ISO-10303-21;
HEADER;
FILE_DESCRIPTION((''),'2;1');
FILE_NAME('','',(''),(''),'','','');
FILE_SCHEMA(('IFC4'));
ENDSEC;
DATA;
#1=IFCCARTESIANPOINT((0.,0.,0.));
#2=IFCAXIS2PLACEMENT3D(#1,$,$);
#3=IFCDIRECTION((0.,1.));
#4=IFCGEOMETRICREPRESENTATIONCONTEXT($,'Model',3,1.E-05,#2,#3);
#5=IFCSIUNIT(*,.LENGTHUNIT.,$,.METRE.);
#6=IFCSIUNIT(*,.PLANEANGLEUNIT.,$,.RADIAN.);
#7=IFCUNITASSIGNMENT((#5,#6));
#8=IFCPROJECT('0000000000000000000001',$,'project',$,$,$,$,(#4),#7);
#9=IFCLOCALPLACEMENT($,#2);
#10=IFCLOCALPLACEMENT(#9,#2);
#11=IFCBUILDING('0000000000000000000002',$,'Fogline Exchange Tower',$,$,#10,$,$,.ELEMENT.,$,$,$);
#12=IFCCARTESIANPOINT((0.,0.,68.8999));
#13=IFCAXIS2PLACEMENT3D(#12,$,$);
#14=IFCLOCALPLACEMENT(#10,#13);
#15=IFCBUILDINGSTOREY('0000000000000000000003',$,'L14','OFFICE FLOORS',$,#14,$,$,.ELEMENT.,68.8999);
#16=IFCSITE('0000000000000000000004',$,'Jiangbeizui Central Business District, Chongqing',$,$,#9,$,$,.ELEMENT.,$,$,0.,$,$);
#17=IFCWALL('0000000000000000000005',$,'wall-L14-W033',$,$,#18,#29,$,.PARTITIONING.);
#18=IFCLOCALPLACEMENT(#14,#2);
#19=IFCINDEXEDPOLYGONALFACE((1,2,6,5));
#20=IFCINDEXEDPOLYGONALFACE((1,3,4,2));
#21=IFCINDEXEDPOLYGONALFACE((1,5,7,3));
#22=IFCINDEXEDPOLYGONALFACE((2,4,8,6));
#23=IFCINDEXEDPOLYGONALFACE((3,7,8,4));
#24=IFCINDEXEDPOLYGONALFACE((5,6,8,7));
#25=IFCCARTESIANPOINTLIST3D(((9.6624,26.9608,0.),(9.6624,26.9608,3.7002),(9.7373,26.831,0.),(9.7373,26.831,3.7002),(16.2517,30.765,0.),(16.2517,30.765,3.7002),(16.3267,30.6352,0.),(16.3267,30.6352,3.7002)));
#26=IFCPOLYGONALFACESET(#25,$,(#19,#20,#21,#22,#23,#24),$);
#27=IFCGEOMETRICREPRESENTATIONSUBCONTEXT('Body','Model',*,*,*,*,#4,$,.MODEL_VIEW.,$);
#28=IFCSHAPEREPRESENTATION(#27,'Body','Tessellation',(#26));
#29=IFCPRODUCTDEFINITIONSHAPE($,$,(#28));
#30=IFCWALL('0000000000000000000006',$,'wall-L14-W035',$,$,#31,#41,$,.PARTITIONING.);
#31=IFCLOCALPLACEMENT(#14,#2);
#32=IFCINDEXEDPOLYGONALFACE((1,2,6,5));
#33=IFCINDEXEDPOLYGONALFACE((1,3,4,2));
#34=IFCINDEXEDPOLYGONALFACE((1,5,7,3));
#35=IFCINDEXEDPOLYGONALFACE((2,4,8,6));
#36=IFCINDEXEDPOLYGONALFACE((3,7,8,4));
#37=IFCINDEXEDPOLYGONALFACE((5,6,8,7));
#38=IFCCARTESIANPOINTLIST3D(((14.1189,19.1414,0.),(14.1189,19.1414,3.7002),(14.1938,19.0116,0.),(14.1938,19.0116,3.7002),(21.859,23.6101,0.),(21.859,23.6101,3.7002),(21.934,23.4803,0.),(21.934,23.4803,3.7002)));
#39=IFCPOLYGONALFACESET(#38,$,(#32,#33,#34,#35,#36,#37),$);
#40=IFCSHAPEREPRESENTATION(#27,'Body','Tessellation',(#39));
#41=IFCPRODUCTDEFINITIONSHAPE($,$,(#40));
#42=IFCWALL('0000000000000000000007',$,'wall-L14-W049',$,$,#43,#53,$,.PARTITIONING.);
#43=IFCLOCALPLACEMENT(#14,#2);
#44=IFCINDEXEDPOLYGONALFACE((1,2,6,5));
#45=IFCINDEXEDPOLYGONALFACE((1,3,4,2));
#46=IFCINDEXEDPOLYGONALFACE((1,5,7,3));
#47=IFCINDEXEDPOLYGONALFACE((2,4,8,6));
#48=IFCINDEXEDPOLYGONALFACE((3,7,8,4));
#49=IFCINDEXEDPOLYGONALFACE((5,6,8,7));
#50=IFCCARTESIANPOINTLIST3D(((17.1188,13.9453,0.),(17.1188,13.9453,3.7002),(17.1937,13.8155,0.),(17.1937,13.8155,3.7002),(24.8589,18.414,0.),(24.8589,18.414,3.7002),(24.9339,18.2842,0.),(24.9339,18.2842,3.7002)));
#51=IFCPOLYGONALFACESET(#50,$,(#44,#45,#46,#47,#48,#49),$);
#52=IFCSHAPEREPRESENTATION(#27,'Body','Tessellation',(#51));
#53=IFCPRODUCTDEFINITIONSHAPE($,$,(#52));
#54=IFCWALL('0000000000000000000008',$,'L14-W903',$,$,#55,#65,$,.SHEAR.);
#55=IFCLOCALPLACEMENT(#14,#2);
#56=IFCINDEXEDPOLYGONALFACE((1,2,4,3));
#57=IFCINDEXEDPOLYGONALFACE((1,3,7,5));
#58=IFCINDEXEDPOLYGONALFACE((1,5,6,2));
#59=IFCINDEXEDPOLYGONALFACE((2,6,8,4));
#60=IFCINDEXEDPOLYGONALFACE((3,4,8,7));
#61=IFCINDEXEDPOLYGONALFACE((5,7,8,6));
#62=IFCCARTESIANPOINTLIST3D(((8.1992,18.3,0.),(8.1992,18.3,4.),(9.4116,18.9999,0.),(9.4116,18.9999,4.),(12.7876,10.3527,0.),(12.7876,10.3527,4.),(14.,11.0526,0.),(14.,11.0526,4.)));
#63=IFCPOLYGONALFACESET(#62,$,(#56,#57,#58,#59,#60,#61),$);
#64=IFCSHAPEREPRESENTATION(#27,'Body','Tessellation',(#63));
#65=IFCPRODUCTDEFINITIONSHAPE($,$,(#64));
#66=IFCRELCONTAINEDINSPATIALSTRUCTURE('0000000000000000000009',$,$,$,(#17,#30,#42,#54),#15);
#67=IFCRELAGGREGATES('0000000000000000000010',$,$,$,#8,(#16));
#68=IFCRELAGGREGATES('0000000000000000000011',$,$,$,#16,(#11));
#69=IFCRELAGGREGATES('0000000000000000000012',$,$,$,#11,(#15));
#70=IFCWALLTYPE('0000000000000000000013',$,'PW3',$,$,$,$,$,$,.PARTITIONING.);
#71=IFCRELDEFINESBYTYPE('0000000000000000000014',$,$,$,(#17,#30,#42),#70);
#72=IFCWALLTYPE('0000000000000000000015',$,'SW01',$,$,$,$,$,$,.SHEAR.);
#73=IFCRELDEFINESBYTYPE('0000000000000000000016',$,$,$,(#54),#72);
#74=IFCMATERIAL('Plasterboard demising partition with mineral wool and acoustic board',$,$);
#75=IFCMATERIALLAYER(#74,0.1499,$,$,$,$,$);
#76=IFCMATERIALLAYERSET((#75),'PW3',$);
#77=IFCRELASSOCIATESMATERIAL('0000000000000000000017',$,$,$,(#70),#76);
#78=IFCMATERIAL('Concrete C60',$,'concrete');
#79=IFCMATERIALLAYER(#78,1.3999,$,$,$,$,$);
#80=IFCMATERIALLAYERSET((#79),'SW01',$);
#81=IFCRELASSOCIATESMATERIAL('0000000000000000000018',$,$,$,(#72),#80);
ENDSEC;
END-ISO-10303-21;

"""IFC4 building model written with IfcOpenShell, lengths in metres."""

from ifc_helpers import new_model, si_unit, direction, frame, frame_2d, origin, place, context, subcontext, project, spatial, rectangle, extrude, material, layer, layer_set, type_object, element, save


model = new_model("IFC4")

# Units and contexts
model_context = context("Model", 3, precision=1e-05, world=origin(), true_north=direction((0.0, 1.0)))
body_context = subcontext(model_context, "Body", "Model", "MODEL_VIEW")
ifc_project = project(units=[si_unit("LENGTHUNIT", "METRE"), si_unit("PLANEANGLEUNIT", "RADIAN")], contexts=[model_context])

# Site, building, storey
site_placement = place(None, origin())
site = spatial("IfcSite", under=ifc_project, at=site_placement, Name="Jiangbeizui Central Business District, Chongqing", CompositionType="ELEMENT", RefElevation=0.0)
building_placement = place(site_placement, origin())
building = spatial("IfcBuilding", under=site, at=building_placement, Name="Fogline Exchange Tower", CompositionType="ELEMENT")
storey_placement = place(building_placement, frame((0.0, 0.0, 68.8999)))
storey = spatial("IfcBuildingStorey", under=building, at=storey_placement, Name="L14", Description="OFFICE FLOORS", CompositionType="ELEMENT", Elevation=68.8999)

# Walls
ifc_material_1 = material(Name="Plasterboard demising partition with mineral wool and acoustic board")
ifc_layer_1 = layer(ifc_material_1, 0.1499)
ifc_layer_set_1 = layer_set([ifc_layer_1], Name="PW3")
wall_type_1 = type_object("IfcWallType", Name="PW3", PredefinedType="PARTITIONING", material=ifc_layer_set_1)
wall_1_placement = place(storey_placement, frame((9.7, 26.896, 0.0), z_axis=(0.0, 0.0, 1.0), x_axis=(0.866035, 0.499984, 0.0)))
element("IfcWall", 1, at=wall_1_placement, inside=storey, type_object=wall_type_1, Name="wall-L14-W033", PredefinedType="PARTITIONING", context=body_context, shape_type="SweptSolid", body=[
    extrude(rectangle(XDim=7.6086, YDim=0.1499, at=frame_2d((3.8042, 0.0))), origin(), (0.0, 0.0, 1.0), 3.7002),
])
for number, where, z_axis, x_axis, name in (
    (2, (21.8965, 23.5452, 0.0), (0.0, 0.0, 1.0), (-0.866029, -0.499994, 0.0), "wall-L14-W035"),
    (3, (17.1562, 13.8804, 0.0), (0.0, 0.0, 1.0), (0.866029, 0.499994, 0.0), "wall-L14-W049"),
):
    element("IfcWall", number, at=place(storey_placement, frame(where, z_axis=z_axis, x_axis=x_axis)), inside=storey, type_object=wall_type_1, Name=name, PredefinedType="PARTITIONING", context=body_context, shape_type="SweptSolid", body=[
        extrude(rectangle(XDim=8.9375, YDim=0.1499, at=frame_2d((4.4688, 0.0))), origin(), (0.0, 0.0, 1.0), 3.7002),
    ])
ifc_material_2 = material(Name="Concrete C60", Category="concrete")
ifc_layer_2 = layer(ifc_material_2, 1.3999)
ifc_layer_set_2 = layer_set([ifc_layer_2], Name="SW01")
wall_type_2 = type_object("IfcWallType", Name="SW01", PredefinedType="SHEAR", material=ifc_layer_set_2)
wall_2_placement = place(storey_placement, frame((13.3938, 10.7026, 0.0), z_axis=(0.0, 0.0, 1.0), x_axis=(-0.500002, 0.866024, 0.0)))
element("IfcWall", 4, at=wall_2_placement, inside=storey, type_object=wall_type_2, Name="L14-W903", PredefinedType="SHEAR", context=body_context, shape_type="SweptSolid", body=[
    extrude(rectangle(XDim=9.1768, YDim=1.3999, at=frame_2d((4.5884, 0.0))), origin(), (0.0, 0.0, 1.0), 4.0),
])

save(model, "model.ifc")
